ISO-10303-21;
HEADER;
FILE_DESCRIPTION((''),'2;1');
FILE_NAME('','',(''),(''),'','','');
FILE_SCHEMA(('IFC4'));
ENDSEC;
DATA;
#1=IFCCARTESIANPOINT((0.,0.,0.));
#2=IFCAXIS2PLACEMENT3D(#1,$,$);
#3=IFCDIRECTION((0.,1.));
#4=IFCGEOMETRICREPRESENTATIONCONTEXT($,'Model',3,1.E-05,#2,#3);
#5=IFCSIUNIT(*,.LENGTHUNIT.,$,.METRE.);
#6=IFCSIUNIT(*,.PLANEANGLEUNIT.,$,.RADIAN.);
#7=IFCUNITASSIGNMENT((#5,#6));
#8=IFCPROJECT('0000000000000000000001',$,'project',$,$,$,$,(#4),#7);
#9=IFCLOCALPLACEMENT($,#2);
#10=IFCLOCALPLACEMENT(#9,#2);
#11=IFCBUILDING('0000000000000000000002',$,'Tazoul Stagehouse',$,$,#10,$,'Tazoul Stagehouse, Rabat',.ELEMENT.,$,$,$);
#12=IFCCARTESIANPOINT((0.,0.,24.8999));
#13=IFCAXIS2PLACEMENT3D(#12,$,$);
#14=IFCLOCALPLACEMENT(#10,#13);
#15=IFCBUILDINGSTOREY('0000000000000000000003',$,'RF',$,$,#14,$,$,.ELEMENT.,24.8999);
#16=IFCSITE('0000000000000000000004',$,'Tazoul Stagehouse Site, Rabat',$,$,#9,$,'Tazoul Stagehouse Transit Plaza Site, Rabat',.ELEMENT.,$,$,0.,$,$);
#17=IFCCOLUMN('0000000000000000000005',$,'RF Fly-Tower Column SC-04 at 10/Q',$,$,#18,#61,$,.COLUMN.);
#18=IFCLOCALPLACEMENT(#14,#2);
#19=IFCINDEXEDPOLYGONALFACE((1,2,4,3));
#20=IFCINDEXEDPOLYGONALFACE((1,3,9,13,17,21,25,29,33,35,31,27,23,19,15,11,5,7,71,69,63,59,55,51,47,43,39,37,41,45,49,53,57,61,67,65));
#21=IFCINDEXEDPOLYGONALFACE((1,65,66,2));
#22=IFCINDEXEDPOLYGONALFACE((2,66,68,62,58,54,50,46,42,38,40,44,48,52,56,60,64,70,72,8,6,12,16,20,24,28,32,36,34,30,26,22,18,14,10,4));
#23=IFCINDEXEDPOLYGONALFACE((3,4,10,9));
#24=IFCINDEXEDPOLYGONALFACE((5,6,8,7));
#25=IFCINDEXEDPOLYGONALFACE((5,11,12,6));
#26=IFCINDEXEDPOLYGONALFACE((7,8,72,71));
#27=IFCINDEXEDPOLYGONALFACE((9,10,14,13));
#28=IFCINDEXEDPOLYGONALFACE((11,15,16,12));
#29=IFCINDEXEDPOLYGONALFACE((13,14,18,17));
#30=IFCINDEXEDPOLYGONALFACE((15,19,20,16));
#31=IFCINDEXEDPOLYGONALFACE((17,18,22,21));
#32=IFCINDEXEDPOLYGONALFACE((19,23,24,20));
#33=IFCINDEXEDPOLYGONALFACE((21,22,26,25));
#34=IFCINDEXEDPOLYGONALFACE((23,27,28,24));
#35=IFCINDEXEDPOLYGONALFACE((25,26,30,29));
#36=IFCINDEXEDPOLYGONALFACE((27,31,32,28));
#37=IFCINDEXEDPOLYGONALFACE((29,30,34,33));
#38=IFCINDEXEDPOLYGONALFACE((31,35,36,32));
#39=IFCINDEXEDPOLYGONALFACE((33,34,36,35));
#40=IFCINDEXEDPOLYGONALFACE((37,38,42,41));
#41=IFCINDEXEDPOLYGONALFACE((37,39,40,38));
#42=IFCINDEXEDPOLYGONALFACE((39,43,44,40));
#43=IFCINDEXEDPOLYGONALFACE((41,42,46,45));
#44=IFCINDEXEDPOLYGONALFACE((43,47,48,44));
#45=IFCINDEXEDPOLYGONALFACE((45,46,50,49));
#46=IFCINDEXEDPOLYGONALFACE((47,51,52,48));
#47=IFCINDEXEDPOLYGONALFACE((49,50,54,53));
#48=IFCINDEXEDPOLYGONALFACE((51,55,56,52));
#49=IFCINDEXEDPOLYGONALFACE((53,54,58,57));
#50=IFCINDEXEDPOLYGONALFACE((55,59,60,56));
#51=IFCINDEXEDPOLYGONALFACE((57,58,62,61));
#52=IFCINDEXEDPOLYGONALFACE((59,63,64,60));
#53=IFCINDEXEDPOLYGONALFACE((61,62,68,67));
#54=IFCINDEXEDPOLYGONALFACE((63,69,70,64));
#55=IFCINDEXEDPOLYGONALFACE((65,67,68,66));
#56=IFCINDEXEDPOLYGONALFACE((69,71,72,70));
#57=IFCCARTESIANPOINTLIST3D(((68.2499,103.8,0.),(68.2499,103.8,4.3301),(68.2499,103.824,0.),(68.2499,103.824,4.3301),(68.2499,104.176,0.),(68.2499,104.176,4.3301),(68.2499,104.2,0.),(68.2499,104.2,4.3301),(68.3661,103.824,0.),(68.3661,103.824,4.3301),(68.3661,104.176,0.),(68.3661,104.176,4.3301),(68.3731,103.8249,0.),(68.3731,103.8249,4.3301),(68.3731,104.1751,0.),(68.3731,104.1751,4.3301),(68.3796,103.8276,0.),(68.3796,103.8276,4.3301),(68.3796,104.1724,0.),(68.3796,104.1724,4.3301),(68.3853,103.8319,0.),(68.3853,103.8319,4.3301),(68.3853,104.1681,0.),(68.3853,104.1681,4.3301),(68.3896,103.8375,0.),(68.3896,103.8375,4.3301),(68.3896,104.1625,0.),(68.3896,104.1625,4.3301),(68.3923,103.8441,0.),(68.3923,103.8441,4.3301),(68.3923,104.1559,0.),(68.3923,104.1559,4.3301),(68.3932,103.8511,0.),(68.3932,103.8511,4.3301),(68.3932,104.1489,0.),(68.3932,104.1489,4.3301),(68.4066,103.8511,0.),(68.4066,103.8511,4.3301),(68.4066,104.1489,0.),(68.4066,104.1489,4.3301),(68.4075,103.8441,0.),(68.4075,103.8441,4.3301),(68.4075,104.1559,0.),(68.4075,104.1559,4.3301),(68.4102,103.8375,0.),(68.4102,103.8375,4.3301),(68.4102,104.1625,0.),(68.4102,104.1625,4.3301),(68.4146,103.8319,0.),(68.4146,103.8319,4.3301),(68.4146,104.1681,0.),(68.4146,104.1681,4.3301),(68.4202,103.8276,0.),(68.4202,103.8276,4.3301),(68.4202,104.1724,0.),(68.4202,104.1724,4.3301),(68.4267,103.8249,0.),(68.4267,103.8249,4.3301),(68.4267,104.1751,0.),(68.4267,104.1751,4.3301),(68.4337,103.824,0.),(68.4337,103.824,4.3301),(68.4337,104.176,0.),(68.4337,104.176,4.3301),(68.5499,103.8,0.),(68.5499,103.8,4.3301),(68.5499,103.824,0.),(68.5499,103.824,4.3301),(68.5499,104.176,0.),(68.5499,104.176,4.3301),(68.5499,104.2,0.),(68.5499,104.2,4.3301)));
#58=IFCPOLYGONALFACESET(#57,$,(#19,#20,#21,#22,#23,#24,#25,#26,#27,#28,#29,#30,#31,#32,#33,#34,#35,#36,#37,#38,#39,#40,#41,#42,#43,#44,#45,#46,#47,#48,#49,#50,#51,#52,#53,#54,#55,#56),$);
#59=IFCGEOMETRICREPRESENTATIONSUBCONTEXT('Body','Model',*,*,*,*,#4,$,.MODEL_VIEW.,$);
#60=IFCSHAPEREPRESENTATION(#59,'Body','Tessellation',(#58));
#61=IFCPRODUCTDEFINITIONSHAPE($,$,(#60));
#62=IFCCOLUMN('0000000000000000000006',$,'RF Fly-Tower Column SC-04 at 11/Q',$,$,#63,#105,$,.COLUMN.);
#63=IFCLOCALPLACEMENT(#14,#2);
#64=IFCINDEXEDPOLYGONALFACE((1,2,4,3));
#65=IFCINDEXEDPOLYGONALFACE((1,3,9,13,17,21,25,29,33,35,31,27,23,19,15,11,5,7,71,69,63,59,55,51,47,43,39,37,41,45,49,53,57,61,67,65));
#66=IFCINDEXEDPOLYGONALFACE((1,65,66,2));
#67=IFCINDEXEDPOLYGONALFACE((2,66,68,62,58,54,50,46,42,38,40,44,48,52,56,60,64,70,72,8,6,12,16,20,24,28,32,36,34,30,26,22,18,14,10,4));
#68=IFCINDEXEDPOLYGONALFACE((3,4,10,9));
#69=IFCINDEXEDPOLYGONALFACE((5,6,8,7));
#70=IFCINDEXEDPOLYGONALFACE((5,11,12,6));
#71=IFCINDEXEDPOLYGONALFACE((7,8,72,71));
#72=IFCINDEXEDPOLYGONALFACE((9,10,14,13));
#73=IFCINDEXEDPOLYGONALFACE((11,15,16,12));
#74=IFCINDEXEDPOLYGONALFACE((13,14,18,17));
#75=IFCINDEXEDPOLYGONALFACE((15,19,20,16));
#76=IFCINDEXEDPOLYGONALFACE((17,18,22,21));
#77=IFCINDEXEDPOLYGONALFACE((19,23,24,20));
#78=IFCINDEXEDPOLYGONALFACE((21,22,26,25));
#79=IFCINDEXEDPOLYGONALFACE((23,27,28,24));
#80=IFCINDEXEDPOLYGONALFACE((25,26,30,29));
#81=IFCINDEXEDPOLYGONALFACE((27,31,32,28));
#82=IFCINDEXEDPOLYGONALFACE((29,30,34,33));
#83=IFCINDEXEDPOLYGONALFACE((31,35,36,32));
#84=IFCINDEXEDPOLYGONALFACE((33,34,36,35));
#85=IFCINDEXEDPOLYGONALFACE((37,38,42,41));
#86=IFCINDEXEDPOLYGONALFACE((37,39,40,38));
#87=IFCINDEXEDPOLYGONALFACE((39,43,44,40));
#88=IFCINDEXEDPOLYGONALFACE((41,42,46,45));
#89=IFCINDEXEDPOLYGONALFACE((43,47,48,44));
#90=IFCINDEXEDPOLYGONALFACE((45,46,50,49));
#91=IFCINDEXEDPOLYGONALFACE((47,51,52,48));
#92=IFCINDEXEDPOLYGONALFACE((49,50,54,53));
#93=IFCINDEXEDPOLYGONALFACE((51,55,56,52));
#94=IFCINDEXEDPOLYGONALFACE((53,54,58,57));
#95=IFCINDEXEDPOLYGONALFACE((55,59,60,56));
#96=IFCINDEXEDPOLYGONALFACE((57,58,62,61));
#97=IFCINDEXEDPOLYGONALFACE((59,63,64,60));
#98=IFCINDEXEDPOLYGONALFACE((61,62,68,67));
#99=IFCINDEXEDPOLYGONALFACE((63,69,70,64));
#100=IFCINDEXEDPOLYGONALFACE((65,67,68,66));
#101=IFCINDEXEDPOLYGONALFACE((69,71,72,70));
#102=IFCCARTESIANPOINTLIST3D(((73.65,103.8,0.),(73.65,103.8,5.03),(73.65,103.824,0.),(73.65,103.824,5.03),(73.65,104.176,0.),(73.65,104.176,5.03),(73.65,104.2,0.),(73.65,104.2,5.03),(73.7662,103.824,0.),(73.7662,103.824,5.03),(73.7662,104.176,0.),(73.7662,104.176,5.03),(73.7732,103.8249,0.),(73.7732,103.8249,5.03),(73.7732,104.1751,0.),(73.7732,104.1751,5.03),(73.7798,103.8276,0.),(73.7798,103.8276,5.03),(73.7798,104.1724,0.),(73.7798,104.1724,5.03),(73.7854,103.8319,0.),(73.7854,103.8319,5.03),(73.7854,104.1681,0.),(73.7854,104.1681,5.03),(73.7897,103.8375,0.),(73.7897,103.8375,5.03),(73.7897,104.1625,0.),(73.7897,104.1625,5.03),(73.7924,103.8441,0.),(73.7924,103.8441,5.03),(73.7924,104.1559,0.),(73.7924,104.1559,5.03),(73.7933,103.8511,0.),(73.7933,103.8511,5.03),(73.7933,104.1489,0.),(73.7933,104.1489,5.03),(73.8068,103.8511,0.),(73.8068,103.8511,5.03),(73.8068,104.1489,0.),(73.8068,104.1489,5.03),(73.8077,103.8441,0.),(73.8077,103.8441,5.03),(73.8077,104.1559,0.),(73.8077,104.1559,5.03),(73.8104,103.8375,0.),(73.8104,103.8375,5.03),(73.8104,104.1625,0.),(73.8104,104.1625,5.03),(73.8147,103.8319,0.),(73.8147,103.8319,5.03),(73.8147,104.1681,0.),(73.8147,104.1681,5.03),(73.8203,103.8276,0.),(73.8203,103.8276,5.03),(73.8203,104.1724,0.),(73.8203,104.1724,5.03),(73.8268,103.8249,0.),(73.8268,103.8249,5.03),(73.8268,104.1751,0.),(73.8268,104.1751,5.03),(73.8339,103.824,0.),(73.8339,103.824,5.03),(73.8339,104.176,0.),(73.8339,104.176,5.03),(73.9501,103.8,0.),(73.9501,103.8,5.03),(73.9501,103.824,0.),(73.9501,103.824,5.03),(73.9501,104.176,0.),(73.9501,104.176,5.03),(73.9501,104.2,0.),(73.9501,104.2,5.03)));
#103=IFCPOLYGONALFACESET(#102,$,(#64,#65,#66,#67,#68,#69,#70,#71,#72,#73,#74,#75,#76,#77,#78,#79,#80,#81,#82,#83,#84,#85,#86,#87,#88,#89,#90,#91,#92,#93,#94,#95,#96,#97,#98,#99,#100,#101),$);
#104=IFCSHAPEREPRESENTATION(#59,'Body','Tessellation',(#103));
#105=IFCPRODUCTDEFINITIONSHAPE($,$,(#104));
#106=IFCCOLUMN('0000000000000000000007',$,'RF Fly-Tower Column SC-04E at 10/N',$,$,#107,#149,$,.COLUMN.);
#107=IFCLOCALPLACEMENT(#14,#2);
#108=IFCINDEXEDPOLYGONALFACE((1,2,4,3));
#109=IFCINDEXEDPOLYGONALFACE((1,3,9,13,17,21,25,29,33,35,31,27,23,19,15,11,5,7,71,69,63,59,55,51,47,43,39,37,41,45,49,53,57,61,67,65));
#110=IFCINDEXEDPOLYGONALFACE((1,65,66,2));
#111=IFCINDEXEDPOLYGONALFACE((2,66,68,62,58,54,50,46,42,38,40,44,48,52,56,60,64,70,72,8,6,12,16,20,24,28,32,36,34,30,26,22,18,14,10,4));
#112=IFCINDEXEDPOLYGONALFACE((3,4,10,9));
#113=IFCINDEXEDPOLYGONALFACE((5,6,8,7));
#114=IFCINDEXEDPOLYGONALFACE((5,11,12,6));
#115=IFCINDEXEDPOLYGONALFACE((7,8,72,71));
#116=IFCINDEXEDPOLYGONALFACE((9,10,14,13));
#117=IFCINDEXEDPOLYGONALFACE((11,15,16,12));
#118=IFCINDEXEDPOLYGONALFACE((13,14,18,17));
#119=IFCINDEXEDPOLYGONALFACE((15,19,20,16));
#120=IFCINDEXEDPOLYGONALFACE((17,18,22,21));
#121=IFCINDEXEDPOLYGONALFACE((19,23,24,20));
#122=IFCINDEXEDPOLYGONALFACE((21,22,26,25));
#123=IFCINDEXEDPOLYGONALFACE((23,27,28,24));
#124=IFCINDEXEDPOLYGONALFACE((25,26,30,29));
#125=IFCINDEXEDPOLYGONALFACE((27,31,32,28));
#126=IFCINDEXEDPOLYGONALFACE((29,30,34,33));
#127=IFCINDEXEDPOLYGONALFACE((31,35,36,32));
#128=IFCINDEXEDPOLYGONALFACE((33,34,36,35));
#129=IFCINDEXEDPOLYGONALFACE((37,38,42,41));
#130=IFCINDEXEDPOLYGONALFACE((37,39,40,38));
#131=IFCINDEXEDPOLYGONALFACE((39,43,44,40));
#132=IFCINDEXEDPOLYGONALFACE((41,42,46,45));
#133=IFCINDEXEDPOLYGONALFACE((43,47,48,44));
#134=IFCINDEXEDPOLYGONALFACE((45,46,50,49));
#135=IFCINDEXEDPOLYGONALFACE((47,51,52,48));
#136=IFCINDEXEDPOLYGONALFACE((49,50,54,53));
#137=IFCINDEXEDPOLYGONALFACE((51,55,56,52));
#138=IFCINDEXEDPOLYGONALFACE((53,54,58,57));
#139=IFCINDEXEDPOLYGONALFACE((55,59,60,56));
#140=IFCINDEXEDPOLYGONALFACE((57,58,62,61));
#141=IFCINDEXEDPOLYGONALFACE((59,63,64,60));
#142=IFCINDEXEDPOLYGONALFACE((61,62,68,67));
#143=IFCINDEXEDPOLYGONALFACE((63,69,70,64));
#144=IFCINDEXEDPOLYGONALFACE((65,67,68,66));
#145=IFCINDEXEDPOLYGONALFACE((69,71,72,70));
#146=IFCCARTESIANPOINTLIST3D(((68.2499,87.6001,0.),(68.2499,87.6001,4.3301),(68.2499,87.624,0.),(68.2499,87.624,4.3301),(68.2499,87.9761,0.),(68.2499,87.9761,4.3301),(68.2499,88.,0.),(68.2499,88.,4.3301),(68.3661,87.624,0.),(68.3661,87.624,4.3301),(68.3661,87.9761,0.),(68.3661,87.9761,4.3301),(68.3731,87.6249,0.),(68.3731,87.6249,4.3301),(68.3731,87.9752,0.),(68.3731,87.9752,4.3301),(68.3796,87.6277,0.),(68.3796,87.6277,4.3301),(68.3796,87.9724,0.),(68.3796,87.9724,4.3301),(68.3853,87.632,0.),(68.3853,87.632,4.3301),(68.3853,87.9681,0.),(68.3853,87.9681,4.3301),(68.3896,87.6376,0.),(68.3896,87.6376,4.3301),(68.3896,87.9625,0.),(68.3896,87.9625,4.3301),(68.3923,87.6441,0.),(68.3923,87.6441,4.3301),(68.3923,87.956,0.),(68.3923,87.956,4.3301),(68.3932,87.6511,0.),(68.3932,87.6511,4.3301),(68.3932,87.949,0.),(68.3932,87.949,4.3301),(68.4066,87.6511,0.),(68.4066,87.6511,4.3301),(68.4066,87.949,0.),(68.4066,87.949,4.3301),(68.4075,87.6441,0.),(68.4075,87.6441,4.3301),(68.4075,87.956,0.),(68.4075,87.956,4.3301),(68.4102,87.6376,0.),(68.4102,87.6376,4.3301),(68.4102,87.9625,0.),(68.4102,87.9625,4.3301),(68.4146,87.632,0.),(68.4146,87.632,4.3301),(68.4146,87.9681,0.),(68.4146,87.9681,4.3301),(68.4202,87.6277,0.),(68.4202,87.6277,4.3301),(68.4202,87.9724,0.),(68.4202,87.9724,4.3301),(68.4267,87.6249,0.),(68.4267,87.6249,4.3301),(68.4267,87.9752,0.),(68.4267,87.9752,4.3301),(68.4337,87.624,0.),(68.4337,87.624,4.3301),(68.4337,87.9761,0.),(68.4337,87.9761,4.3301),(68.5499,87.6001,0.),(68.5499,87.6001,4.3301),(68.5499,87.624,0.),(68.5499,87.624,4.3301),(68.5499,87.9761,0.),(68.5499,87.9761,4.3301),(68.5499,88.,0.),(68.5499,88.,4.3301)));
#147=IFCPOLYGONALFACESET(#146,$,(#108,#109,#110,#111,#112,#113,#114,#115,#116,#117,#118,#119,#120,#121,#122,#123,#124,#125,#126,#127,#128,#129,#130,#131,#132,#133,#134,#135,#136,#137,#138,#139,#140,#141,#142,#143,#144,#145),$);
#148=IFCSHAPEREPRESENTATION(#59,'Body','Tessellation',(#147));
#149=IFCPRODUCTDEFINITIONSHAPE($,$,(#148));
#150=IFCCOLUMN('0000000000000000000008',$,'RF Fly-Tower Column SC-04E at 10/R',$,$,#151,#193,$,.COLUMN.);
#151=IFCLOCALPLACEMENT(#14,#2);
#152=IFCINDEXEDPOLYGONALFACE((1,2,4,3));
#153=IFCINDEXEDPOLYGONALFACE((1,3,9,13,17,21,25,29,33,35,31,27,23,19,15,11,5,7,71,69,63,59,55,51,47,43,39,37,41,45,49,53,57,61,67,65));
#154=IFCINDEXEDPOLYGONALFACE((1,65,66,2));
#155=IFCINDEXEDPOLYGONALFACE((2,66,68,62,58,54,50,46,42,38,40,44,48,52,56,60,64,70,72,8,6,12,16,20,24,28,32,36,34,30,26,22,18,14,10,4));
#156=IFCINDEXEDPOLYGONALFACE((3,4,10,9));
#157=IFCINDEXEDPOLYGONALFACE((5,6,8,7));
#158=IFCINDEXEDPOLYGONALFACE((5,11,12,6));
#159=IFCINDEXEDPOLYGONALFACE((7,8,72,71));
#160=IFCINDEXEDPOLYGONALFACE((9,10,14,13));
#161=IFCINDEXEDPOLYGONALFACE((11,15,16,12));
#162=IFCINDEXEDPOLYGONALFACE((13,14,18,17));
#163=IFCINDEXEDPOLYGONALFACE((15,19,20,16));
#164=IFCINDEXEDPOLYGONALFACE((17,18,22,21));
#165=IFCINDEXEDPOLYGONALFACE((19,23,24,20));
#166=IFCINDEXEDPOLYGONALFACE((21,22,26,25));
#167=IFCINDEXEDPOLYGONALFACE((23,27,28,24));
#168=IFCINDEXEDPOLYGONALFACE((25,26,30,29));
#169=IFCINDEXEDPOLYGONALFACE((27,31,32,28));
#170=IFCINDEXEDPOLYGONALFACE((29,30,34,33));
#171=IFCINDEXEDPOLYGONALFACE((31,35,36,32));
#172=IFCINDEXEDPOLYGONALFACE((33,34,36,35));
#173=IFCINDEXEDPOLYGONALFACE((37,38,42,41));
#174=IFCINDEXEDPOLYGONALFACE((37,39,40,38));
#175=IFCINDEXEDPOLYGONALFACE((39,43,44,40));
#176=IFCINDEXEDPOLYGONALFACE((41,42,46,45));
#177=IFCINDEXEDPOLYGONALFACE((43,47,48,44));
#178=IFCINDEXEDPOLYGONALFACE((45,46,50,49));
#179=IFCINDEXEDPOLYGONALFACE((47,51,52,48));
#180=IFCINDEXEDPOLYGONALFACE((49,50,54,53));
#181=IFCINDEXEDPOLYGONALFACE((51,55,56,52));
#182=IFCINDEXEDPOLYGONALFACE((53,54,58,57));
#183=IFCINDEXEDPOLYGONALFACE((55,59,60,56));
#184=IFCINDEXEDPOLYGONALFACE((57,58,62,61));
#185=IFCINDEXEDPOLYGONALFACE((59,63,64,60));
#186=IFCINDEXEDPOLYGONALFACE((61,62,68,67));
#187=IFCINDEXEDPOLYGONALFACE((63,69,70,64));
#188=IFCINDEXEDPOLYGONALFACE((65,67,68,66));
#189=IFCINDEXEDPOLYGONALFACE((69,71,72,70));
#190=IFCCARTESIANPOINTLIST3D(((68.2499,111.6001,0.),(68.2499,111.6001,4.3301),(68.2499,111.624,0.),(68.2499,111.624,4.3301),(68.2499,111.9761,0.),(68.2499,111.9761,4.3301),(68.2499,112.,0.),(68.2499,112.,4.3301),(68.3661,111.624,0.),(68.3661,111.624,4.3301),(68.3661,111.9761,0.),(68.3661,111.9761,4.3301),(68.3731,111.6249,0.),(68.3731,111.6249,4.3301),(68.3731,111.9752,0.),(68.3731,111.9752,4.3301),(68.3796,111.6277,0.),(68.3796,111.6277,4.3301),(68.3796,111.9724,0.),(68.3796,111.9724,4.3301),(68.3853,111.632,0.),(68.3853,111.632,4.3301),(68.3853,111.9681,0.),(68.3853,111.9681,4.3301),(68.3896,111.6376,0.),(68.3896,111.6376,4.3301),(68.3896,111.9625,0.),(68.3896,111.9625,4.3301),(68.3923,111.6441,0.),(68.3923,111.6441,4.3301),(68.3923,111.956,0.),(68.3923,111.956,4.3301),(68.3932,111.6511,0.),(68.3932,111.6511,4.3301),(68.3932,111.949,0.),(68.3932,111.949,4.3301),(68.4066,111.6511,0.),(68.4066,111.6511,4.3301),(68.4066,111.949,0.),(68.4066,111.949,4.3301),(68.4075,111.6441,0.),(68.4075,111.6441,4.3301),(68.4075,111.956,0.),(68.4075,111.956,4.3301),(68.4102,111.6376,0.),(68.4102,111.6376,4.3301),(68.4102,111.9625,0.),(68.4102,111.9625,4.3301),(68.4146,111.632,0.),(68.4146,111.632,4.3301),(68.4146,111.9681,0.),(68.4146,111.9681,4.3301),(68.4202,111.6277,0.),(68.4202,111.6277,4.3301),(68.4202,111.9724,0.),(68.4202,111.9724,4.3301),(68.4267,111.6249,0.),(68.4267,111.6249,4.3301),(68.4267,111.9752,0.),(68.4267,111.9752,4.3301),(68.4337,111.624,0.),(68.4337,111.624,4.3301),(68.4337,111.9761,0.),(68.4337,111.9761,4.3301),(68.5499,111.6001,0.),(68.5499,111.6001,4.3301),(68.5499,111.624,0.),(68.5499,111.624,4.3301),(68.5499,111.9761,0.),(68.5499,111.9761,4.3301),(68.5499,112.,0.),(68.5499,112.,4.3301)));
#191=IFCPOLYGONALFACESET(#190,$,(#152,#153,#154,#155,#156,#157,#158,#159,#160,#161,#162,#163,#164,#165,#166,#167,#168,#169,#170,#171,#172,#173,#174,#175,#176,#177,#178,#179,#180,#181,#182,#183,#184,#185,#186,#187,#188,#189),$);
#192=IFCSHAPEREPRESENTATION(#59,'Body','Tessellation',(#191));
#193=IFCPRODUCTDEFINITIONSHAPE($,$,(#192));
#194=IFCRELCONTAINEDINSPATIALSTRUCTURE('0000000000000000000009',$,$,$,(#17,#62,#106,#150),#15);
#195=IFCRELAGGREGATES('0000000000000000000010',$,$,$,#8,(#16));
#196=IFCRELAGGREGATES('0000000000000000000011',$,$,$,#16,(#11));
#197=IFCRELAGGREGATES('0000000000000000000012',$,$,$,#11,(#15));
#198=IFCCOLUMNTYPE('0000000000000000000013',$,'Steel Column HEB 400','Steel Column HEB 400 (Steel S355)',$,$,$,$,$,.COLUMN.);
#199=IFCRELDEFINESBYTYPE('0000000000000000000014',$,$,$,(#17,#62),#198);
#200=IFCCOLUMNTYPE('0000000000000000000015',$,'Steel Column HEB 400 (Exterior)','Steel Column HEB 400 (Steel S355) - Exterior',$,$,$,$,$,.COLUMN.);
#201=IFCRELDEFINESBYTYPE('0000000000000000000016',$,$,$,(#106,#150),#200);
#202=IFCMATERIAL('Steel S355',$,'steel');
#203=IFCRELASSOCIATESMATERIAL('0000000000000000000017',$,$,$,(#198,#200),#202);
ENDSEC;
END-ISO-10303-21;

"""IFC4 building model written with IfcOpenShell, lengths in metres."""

from ifc_helpers import new_model, si_unit, direction, frame, origin, origin_2d, place, context, subcontext, project, spatial, i_section, extrude, material, material_profile, profile_set, type_object, element, save


model = new_model("IFC4")

# Units and contexts
model_context = context("Model", 3, precision=1e-05, world=origin(), true_north=direction((0.0, 1.0)))
body_context = subcontext(model_context, "Body", "Model", "MODEL_VIEW")
ifc_project = project(units=[si_unit("LENGTHUNIT", "METRE"), si_unit("PLANEANGLEUNIT", "RADIAN")], contexts=[model_context])

# Site, building, storey
site_placement = place(None, origin())
site = spatial("IfcSite", under=ifc_project, at=site_placement, Name="Tazoul Stagehouse Site, Rabat", LongName="Tazoul Stagehouse Transit Plaza Site, Rabat", CompositionType="ELEMENT", RefElevation=0.0)
building_placement = place(site_placement, origin())
building = spatial("IfcBuilding", under=site, at=building_placement, Name="Tazoul Stagehouse", LongName="Tazoul Stagehouse, Rabat", CompositionType="ELEMENT")
storey_placement = place(building_placement, frame((0.0, 0.0, 24.8999)))
storey = spatial("IfcBuildingStorey", under=building, at=storey_placement, Name="RF", CompositionType="ELEMENT", Elevation=24.8999)

# Columns
ifc_material_1 = material(Name="Steel S355", Category="steel")
ifc_material_profile_1 = material_profile(ifc_material_1, i_section(OverallWidth=0.3, OverallDepth=0.3999, WebThickness=0.0134, FlangeThickness=0.0239, FilletRadius=0.0271, at=origin_2d()), Name="HEB 400")
ifc_profile_set_1 = profile_set([ifc_material_profile_1], Name="Steel S355")
column_type_1 = type_object("IfcColumnType", Name="Steel Column HEB 400", Description="Steel Column HEB 400 (Steel S355)", PredefinedType="COLUMN", material=ifc_profile_set_1)
column_1_placement = place(storey_placement, frame((68.3999, 104.0, 0.0), z_axis=(0.0, 0.0, 1.0), x_axis=(1.0, 0.0, 0.0)))
element("IfcColumn", 1, at=column_1_placement, inside=storey, type_object=column_type_1, Name="RF Fly-Tower Column SC-04 at 10/Q", PredefinedType="COLUMN", context=body_context, shape_type="SweptSolid", body=[
    extrude(i_section(OverallWidth=0.3, OverallDepth=0.3999, WebThickness=0.0134, FlangeThickness=0.0239, FilletRadius=0.0271, at=origin_2d()), origin(), (0.0, 0.0, 1.0), 4.3301),
])
column_2_placement = place(storey_placement, frame((73.8, 104.0, 0.0), z_axis=(0.0, 0.0, 1.0), x_axis=(1.0, 0.0, 0.0)))
element("IfcColumn", 2, at=column_2_placement, inside=storey, type_object=column_type_1, Name="RF Fly-Tower Column SC-04 at 11/Q", PredefinedType="COLUMN", context=body_context, shape_type="SweptSolid", body=[
    extrude(i_section(OverallWidth=0.3, OverallDepth=0.3999, WebThickness=0.0134, FlangeThickness=0.0239, FilletRadius=0.0271, at=origin_2d()), origin(), (0.0, 0.0, 1.0), 5.03),
])
ifc_material_profile_2 = material_profile(ifc_material_1, i_section(OverallWidth=0.3, OverallDepth=0.3999, WebThickness=0.0134, FlangeThickness=0.0239, FilletRadius=0.0271, at=origin_2d()), Name="HEB 400")
ifc_profile_set_2 = profile_set([ifc_material_profile_2], Name="Steel S355")
column_type_2 = type_object("IfcColumnType", Name="Steel Column HEB 400 (Exterior)", Description="Steel Column HEB 400 (Steel S355) - Exterior", PredefinedType="COLUMN", material=ifc_profile_set_2)
for number, where, z_axis, x_axis, name in (
    (3, (68.3999, 87.8, 0.0), (0.0, 0.0, 1.0), (1.0, 0.0, 0.0), "RF Fly-Tower Column SC-04E at 10/N"),
    (4, (68.3999, 111.8, 0.0), (0.0, 0.0, 1.0), (1.0, 0.0, 0.0), "RF Fly-Tower Column SC-04E at 10/R"),
):
    element("IfcColumn", number, at=place(storey_placement, frame(where, z_axis=z_axis, x_axis=x_axis)), inside=storey, type_object=column_type_2, Name=name, PredefinedType="COLUMN", context=body_context, shape_type="SweptSolid", body=[
        extrude(i_section(OverallWidth=0.3, OverallDepth=0.3999, WebThickness=0.0134, FlangeThickness=0.0239, FilletRadius=0.0271, at=origin_2d()), origin(), (0.0, 0.0, 1.0), 4.3301),
    ])

save(model, "model.ifc")
